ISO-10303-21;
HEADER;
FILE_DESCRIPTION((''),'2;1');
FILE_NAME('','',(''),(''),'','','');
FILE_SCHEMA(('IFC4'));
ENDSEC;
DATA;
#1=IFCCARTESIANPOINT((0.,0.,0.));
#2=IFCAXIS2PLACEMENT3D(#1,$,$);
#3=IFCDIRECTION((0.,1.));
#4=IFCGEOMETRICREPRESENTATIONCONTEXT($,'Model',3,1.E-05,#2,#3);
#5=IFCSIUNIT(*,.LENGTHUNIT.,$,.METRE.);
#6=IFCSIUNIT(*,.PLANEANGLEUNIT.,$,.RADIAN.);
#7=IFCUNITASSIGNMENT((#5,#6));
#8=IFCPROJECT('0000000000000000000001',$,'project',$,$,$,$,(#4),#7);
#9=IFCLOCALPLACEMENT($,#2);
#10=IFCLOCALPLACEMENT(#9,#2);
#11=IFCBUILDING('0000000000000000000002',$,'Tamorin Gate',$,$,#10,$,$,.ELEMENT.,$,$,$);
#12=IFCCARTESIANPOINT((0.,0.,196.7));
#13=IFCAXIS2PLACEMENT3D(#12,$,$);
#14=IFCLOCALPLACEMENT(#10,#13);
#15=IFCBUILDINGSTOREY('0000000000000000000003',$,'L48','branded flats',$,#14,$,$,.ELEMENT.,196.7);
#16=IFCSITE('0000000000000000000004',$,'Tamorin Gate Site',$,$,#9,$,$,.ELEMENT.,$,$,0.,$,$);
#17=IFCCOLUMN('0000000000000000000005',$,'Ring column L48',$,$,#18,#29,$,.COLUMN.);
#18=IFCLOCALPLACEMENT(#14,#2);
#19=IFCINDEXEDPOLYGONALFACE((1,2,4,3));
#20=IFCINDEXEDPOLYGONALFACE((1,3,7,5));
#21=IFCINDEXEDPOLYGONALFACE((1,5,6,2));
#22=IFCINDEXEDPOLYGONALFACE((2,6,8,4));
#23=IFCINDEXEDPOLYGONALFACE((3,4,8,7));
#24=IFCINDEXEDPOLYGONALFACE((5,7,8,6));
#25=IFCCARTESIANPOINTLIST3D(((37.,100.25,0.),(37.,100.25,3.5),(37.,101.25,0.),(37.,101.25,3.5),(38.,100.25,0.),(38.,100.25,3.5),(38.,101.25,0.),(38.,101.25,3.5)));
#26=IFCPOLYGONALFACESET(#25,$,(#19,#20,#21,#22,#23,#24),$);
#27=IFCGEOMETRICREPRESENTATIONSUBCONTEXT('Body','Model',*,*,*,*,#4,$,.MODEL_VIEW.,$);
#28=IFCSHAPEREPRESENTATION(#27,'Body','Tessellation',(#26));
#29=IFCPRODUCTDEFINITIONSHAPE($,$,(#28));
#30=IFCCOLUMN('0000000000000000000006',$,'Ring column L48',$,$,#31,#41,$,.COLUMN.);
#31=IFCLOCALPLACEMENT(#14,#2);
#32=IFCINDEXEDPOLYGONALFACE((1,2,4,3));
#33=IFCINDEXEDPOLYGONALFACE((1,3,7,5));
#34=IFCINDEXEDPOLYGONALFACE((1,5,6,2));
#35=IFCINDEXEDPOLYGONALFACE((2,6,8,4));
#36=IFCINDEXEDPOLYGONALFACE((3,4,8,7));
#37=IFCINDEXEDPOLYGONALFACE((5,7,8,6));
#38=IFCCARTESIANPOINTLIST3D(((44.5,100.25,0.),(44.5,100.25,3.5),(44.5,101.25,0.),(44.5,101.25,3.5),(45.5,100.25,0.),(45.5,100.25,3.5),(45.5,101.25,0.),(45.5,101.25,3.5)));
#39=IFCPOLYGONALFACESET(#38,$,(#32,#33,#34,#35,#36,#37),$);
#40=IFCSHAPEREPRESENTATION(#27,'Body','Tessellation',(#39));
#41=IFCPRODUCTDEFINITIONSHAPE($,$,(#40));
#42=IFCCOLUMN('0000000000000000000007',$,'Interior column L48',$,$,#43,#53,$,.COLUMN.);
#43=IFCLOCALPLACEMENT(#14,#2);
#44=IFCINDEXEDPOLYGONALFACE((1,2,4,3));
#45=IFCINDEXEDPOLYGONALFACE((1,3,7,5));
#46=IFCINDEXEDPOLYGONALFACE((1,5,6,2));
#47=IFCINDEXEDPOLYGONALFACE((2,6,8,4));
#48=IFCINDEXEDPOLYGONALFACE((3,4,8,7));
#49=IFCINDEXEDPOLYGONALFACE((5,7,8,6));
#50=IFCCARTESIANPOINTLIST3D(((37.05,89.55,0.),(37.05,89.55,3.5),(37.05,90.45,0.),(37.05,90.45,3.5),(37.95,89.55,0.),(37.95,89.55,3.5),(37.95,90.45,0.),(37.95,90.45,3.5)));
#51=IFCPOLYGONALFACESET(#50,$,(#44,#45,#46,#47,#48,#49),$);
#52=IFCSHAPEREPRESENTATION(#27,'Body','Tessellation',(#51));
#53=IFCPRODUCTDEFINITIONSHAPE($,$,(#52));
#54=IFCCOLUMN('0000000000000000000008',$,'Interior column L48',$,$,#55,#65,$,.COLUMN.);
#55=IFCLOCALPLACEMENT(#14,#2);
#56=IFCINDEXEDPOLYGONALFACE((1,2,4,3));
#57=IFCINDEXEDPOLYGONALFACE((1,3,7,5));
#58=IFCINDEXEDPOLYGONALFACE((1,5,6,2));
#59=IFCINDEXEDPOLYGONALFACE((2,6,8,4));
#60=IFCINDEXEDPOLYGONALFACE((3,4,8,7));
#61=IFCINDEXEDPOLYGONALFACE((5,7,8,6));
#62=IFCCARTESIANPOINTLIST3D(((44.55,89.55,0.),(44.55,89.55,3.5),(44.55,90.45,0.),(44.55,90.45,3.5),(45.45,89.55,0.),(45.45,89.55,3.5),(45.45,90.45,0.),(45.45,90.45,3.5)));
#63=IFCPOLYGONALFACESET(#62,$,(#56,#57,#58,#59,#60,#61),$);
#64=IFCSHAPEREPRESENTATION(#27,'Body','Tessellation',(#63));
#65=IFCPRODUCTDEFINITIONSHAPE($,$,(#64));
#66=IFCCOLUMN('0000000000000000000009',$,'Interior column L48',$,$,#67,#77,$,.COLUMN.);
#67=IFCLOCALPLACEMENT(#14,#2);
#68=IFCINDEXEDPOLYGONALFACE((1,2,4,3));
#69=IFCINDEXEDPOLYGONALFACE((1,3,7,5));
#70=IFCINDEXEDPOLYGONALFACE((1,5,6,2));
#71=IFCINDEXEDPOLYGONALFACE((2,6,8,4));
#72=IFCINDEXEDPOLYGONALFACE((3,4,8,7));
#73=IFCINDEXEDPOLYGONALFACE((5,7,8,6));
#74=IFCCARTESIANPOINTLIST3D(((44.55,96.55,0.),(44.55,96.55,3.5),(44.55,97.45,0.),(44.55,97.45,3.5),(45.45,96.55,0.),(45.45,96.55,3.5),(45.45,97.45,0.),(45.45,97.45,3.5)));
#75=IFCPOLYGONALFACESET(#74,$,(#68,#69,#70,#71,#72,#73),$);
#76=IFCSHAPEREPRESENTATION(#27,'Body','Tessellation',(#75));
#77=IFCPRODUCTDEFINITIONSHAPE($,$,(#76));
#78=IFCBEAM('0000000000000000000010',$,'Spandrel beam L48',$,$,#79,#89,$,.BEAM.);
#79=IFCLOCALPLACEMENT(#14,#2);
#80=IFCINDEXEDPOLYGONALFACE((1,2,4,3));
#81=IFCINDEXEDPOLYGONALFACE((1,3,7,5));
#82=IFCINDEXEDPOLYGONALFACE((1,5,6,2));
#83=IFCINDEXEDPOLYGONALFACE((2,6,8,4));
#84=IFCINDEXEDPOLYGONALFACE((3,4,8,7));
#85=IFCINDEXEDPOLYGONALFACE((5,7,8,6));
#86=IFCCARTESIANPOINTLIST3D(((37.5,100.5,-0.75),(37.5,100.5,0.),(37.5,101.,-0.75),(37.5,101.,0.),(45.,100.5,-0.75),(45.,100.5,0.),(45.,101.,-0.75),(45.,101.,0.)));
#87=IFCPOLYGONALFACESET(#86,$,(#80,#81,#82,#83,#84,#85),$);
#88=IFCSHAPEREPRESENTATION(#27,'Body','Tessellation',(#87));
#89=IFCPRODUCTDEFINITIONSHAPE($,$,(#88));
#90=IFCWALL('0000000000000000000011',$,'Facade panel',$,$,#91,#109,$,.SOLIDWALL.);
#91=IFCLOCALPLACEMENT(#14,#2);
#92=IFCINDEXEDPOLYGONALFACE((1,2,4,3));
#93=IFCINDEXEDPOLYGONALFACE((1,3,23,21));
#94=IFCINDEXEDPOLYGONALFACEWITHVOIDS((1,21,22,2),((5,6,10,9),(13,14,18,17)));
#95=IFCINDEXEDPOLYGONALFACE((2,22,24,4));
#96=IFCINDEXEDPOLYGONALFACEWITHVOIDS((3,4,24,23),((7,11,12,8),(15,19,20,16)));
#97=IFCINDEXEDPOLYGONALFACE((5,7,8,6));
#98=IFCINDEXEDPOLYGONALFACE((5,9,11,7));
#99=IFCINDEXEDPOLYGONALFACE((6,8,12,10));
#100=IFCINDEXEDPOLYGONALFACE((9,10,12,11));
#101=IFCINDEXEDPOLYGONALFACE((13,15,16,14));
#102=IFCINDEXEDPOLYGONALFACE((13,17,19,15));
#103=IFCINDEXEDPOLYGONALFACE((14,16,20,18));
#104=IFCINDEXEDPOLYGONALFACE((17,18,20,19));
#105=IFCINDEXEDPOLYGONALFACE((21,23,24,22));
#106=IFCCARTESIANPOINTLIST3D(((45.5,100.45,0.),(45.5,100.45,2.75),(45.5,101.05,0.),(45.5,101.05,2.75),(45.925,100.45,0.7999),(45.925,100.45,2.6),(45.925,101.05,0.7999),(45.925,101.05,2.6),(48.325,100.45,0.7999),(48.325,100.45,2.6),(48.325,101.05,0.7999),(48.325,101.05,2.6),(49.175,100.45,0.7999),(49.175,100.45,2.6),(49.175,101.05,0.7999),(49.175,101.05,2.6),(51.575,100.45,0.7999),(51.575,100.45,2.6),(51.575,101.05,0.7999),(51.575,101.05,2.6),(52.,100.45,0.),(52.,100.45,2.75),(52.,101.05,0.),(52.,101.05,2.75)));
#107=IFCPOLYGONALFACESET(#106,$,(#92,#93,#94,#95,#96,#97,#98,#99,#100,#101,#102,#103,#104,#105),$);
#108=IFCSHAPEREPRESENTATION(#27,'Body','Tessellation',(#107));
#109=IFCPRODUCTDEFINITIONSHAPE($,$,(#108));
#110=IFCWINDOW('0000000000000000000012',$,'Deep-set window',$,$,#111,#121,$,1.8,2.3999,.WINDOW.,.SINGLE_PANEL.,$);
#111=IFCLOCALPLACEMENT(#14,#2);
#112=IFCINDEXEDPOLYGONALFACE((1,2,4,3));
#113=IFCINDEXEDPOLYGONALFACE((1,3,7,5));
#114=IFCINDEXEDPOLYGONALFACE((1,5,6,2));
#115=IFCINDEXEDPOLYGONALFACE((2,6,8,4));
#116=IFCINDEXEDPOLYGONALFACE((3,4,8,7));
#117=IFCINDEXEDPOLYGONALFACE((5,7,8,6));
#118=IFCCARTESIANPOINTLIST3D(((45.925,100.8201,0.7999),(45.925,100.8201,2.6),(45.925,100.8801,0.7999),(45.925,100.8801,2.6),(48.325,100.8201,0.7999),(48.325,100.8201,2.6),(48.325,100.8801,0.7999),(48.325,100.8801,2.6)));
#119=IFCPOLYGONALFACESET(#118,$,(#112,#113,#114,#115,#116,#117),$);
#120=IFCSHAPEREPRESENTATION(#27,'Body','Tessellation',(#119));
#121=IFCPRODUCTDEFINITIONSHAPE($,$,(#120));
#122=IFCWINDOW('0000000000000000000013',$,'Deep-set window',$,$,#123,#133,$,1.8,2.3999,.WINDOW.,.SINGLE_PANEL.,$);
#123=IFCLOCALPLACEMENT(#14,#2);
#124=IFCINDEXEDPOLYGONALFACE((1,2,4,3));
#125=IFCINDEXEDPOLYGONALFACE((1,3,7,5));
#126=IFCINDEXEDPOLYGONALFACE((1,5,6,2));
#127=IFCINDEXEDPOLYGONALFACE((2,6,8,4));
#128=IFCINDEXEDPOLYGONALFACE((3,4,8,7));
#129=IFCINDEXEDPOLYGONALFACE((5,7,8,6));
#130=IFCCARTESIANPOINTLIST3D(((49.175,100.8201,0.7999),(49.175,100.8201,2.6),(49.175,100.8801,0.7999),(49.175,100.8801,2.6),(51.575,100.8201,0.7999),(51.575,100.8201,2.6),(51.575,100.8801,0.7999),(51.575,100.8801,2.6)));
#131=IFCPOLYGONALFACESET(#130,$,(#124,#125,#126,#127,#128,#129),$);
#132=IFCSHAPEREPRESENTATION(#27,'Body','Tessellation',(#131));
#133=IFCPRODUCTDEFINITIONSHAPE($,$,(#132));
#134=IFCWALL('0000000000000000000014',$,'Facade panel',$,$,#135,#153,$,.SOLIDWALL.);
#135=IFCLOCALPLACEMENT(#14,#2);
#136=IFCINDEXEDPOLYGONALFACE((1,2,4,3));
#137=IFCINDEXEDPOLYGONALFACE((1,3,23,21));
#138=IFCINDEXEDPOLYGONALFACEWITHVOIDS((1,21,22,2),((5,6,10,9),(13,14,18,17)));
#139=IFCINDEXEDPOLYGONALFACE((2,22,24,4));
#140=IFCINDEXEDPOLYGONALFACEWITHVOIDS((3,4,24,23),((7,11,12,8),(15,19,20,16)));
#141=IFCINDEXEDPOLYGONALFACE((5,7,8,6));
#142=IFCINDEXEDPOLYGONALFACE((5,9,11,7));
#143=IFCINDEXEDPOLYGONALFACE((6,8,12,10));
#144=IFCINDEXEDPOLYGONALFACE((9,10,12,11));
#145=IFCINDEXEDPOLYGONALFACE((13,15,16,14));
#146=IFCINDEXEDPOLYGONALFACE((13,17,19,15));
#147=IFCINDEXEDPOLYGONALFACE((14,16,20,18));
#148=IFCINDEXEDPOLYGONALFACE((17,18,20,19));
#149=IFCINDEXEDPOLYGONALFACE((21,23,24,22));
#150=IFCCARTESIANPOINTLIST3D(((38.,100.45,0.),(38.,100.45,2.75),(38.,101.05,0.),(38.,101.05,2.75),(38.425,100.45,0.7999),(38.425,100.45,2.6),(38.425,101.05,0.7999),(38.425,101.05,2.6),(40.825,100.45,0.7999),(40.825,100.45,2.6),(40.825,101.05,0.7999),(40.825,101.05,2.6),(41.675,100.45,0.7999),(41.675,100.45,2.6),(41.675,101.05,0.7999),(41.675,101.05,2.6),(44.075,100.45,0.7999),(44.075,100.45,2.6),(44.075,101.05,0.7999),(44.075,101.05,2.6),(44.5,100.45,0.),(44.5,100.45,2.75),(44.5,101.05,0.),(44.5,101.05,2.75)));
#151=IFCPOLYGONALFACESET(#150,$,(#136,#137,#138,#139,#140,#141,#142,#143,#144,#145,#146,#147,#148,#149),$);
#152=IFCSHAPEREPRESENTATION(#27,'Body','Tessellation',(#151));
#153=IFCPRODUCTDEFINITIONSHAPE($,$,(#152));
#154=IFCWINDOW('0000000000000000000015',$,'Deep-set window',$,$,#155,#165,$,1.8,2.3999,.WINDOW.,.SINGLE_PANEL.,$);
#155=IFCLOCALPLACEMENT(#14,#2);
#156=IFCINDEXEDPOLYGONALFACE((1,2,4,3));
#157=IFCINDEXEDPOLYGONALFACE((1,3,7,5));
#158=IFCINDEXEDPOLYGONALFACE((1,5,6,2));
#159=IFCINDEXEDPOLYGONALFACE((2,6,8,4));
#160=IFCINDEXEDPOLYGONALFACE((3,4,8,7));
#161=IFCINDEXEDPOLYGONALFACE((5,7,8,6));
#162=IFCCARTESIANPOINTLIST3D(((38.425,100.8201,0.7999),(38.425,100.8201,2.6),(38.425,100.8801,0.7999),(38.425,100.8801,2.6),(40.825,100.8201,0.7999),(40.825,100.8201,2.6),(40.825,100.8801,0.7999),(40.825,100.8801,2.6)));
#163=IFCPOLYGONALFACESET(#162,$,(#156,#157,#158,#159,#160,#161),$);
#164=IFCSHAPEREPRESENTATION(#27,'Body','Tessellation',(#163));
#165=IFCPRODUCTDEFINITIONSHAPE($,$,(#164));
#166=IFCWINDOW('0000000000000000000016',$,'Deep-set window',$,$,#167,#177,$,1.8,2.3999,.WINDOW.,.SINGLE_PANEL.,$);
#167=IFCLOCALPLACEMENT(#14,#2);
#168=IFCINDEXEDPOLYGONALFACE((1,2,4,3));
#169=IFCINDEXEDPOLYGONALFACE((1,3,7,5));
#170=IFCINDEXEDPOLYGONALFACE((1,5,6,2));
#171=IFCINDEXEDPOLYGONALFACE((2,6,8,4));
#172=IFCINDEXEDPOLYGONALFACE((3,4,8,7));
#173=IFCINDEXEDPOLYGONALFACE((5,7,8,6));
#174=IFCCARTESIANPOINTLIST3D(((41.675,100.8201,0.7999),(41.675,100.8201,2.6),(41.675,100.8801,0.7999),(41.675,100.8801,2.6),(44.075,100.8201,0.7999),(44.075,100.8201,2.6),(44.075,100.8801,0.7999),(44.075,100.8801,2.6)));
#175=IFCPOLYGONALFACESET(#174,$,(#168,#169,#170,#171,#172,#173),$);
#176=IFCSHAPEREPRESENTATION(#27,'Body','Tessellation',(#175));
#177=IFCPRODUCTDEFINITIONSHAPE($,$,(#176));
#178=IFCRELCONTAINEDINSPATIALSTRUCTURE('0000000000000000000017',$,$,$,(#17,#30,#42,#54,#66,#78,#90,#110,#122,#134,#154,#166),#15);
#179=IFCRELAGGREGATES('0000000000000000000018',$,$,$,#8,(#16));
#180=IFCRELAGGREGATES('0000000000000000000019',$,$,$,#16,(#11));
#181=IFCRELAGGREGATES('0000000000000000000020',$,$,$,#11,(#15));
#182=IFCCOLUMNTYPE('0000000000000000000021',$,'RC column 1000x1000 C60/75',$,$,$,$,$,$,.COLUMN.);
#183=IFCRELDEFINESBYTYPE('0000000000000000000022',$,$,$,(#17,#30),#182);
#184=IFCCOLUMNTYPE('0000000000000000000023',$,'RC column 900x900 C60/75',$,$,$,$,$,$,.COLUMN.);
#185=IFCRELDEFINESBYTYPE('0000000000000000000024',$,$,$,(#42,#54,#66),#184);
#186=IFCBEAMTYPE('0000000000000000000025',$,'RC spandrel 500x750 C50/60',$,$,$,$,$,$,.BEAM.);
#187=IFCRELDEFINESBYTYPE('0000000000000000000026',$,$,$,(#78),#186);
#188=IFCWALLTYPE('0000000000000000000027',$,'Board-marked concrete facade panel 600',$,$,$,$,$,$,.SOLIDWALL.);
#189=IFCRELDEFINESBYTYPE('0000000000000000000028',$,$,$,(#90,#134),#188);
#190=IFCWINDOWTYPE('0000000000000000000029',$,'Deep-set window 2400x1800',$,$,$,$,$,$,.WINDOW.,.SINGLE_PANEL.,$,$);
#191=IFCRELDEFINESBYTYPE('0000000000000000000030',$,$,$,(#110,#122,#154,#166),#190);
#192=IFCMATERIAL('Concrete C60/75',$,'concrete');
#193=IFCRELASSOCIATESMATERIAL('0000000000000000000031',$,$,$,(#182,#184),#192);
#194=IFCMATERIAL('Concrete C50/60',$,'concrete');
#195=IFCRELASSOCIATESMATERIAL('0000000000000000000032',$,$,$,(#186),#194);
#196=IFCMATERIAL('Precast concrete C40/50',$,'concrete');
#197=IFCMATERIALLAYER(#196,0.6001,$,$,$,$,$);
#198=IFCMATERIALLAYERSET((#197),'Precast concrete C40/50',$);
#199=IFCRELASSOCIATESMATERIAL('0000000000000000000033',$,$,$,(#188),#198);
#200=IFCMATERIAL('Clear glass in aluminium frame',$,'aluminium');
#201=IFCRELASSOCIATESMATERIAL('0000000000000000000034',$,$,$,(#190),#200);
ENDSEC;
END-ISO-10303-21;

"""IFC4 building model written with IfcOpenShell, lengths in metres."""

from ifc_helpers import new_model, si_unit, direction, frame, frame_2d, origin, origin_2d, place, context, subcontext, project, spatial, rectangle, extrude, material, layer, layer_set, material_profile, profile_set, type_object, element, fill, save


model = new_model("IFC4")

# Units and contexts
model_context = context("Model", 3, precision=1e-05, world=origin(), true_north=direction((0.0, 1.0)))
body_context = subcontext(model_context, "Body", "Model", "MODEL_VIEW")
ifc_project = project(units=[si_unit("LENGTHUNIT", "METRE"), si_unit("PLANEANGLEUNIT", "RADIAN")], contexts=[model_context])

# Site, building, storey
site_placement = place(None, origin())
site = spatial("IfcSite", under=ifc_project, at=site_placement, Name="Tamorin Gate Site", CompositionType="ELEMENT", RefElevation=0.0)
building_placement = place(site_placement, origin())
building = spatial("IfcBuilding", under=site, at=building_placement, Name="Tamorin Gate", CompositionType="ELEMENT")
storey_placement = place(building_placement, frame((0.0, 0.0, 196.7)))
storey = spatial("IfcBuildingStorey", under=building, at=storey_placement, Name="L48", Description="branded flats", CompositionType="ELEMENT", Elevation=196.7)

# Columns
ifc_material_1 = material(Name="Concrete C60/75", Category="concrete")
ifc_material_profile_1 = material_profile(ifc_material_1, rectangle(XDim=1.0, YDim=1.0, at=origin_2d()), Name="RC 1000x1000")
ifc_profile_set_1 = profile_set([ifc_material_profile_1], Name="Concrete C60/75")
column_type_1 = type_object("IfcColumnType", Name="RC column 1000x1000 C60/75", PredefinedType="COLUMN", material=ifc_profile_set_1)
for number, where, z_axis, x_axis, name in (
    (1, (37.5, 100.75, 0.0), (0.0, 0.0, 1.0), (1.0, 0.0, 0.0), "Ring column L48"),
    (2, (45.0, 100.75, 0.0), (0.0, 0.0, 1.0), (1.0, 0.0, 0.0), "Ring column L48"),
):
    element("IfcColumn", number, at=place(storey_placement, frame(where, z_axis=z_axis, x_axis=x_axis)), inside=storey, type_object=column_type_1, Name=name, PredefinedType="COLUMN", context=body_context, shape_type="SweptSolid", body=[
        extrude(rectangle(XDim=1.0, YDim=1.0, at=origin_2d()), origin(), (0.0, 0.0, 1.0), 3.5),
    ])
ifc_material_profile_2 = material_profile(ifc_material_1, rectangle(XDim=0.8999, YDim=0.8999, at=origin_2d()), Name="RC 900x900")
ifc_profile_set_2 = profile_set([ifc_material_profile_2], Name="Concrete C60/75")
column_type_2 = type_object("IfcColumnType", Name="RC column 900x900 C60/75", PredefinedType="COLUMN", material=ifc_profile_set_2)
for number, where, z_axis, x_axis, name in (
    (3, (37.5, 90.0, 0.0), (0.0, 0.0, 1.0), (1.0, 0.0, 0.0), "Interior column L48"),
    (4, (45.0, 90.0, 0.0), (0.0, 0.0, 1.0), (1.0, 0.0, 0.0), "Interior column L48"),
    (5, (45.0, 97.0, 0.0), (0.0, 0.0, 1.0), (1.0, 0.0, 0.0), "Interior column L48"),
):
    element("IfcColumn", number, at=place(storey_placement, frame(where, z_axis=z_axis, x_axis=x_axis)), inside=storey, type_object=column_type_2, Name=name, PredefinedType="COLUMN", context=body_context, shape_type="SweptSolid", body=[
        extrude(rectangle(XDim=0.8999, YDim=0.8999, at=origin_2d()), origin(), (0.0, 0.0, 1.0), 3.5),
    ])

# Beam
ifc_material_2 = material(Name="Concrete C50/60", Category="concrete")
ifc_material_profile_3 = material_profile(ifc_material_2, rectangle(XDim=0.5, YDim=0.75, at=origin_2d()), Name="RC 500x750")
ifc_profile_set_3 = profile_set([ifc_material_profile_3], Name="Concrete C50/60")
beam_type = type_object("IfcBeamType", Name="RC spandrel 500x750 C50/60", PredefinedType="BEAM", material=ifc_profile_set_3)
beam_placement = place(storey_placement, frame((45.0, 100.75, -0.375), z_axis=(-1.0, 0.0, 0.0), x_axis=(0.0, -1.0, 0.0)))
element("IfcBeam", 6, at=beam_placement, inside=storey, type_object=beam_type, Name="Spandrel beam L48", PredefinedType="BEAM", context=body_context, shape_type="SweptSolid", body=[
    extrude(rectangle(XDim=0.5, YDim=0.75, at=origin_2d()), origin(), (0.0, 0.0, 1.0), 7.5),
])

# Walls, openings, windows
ifc_material_3 = material(Name="Precast concrete C40/50", Category="concrete")
ifc_layer_1 = layer(ifc_material_3, 0.6001)
ifc_layer_set_1 = layer_set([ifc_layer_1], Name="Precast concrete C40/50")
wall_type_1 = type_object("IfcWallType", Name="Board-marked concrete facade panel 600", PredefinedType="SOLIDWALL", material=ifc_layer_set_1)
wall_1_placement = place(storey_placement, frame((52.0, 100.75, 0.0), z_axis=(0.0, 0.0, 1.0), x_axis=(-1.0, 0.0, 0.0)))
wall_1 = element("IfcWall", 7, at=wall_1_placement, inside=storey, type_object=wall_type_1, Name="Facade panel", PredefinedType="SOLIDWALL", context=body_context, shape_type="SweptSolid", body=[
    extrude(rectangle(XDim=6.5, YDim=0.6001, at=frame_2d((3.25, 0.0))), origin(), (0.0, 0.0, 1.0), 2.75),
])
opening_1_placement = place(wall_1_placement, frame((3.675, 0.0, 0.8)))
opening_1 = element("IfcOpeningElement", 8, at=opening_1_placement, cuts=wall_1, PredefinedType="OPENING", context=body_context, shape_type="SweptSolid", body=[
    extrude(rectangle(XDim=2.3999, YDim=1.8, at=frame_2d((1.2, 0.8999))), frame((0.0, 0.3101, 0.0), z_axis=(0.0, -1.0, 0.0), x_axis=(1.0, 0.0, 0.0)), (0.0, 0.0, 1.0), 0.6201),
])
opening_2_placement = place(wall_1_placement, frame((0.425, 0.0, 0.8)))
opening_2 = element("IfcOpeningElement", 9, at=opening_2_placement, cuts=wall_1, PredefinedType="OPENING", context=body_context, shape_type="SweptSolid", body=[
    extrude(rectangle(XDim=2.3999, YDim=1.8, at=frame_2d((1.2, 0.8999))), frame((0.0, 0.3101, 0.0), z_axis=(0.0, -1.0, 0.0), x_axis=(1.0, 0.0, 0.0)), (0.0, 0.0, 1.0), 0.6201),
])
ifc_material_4 = material(Name="Clear glass in aluminium frame", Category="aluminium")
window_type = type_object("IfcWindowType", Name="Deep-set window 2400x1800", PartitioningType="SINGLE_PANEL", PredefinedType="WINDOW", material=ifc_material_4)
window_1_placement = place(opening_1_placement, origin())
window_1 = element("IfcWindow", 10, at=window_1_placement, inside=storey, type_object=window_type, Name="Deep-set window", OverallHeight=1.8, OverallWidth=2.3999, PartitioningType="SINGLE_PANEL", PredefinedType="WINDOW", context=body_context, shape_type="SweptSolid", body=[
    extrude(rectangle(XDim=2.3999, YDim=1.8, at=frame_2d((1.2, 0.8999))), frame((0.0, -0.0701, 0.0), z_axis=(0.0, -1.0, 0.0), x_axis=(1.0, 0.0, 0.0)), (0.0, 0.0, 1.0), 0.0601),
])
fill(opening_1, window_1)
window_2_placement = place(opening_2_placement, origin())
window_2 = element("IfcWindow", 11, at=window_2_placement, inside=storey, type_object=window_type, Name="Deep-set window", OverallHeight=1.8, OverallWidth=2.3999, PartitioningType="SINGLE_PANEL", PredefinedType="WINDOW", context=body_context, shape_type="SweptSolid", body=[
    extrude(rectangle(XDim=2.3999, YDim=1.8, at=frame_2d((1.2, 0.8999))), frame((0.0, -0.0701, 0.0), z_axis=(0.0, -1.0, 0.0), x_axis=(1.0, 0.0, 0.0)), (0.0, 0.0, 1.0), 0.0601),
])
fill(opening_2, window_2)
wall_2_placement = place(storey_placement, frame((44.5, 100.75, 0.0), z_axis=(0.0, 0.0, 1.0), x_axis=(-1.0, 0.0, 0.0)))
wall_2 = element("IfcWall", 12, at=wall_2_placement, inside=storey, type_object=wall_type_1, Name="Facade panel", PredefinedType="SOLIDWALL", context=body_context, shape_type="SweptSolid", body=[
    extrude(rectangle(XDim=6.5, YDim=0.6001, at=frame_2d((3.25, 0.0))), origin(), (0.0, 0.0, 1.0), 2.75),
])
opening_3_placement = place(wall_2_placement, frame((3.675, 0.0, 0.8)))
opening_3 = element("IfcOpeningElement", 13, at=opening_3_placement, cuts=wall_2, PredefinedType="OPENING", context=body_context, shape_type="SweptSolid", body=[
    extrude(rectangle(XDim=2.3999, YDim=1.8, at=frame_2d((1.2, 0.8999))), frame((0.0, 0.3101, 0.0), z_axis=(0.0, -1.0, 0.0), x_axis=(1.0, 0.0, 0.0)), (0.0, 0.0, 1.0), 0.6201),
])
opening_4_placement = place(wall_2_placement, frame((0.425, 0.0, 0.8)))
opening_4 = element("IfcOpeningElement", 14, at=opening_4_placement, cuts=wall_2, PredefinedType="OPENING", context=body_context, shape_type="SweptSolid", body=[
    extrude(rectangle(XDim=2.3999, YDim=1.8, at=frame_2d((1.2, 0.8999))), frame((0.0, 0.3101, 0.0), z_axis=(0.0, -1.0, 0.0), x_axis=(1.0, 0.0, 0.0)), (0.0, 0.0, 1.0), 0.6201),
])
window_3_placement = place(opening_3_placement, origin())
window_3 = element("IfcWindow", 15, at=window_3_placement, inside=storey, type_object=window_type, Name="Deep-set window", OverallHeight=1.8, OverallWidth=2.3999, PartitioningType="SINGLE_PANEL", PredefinedType="WINDOW", context=body_context, shape_type="SweptSolid", body=[
    extrude(rectangle(XDim=2.3999, YDim=1.8, at=frame_2d((1.2, 0.8999))), frame((0.0, -0.0701, 0.0), z_axis=(0.0, -1.0, 0.0), x_axis=(1.0, 0.0, 0.0)), (0.0, 0.0, 1.0), 0.0601),
])
fill(opening_3, window_3)
window_4_placement = place(opening_4_placement, origin())
window_4 = element("IfcWindow", 16, at=window_4_placement, inside=storey, type_object=window_type, Name="Deep-set window", OverallHeight=1.8, OverallWidth=2.3999, PartitioningType="SINGLE_PANEL", PredefinedType="WINDOW", context=body_context, shape_type="SweptSolid", body=[
    extrude(rectangle(XDim=2.3999, YDim=1.8, at=frame_2d((1.2, 0.8999))), frame((0.0, -0.0701, 0.0), z_axis=(0.0, -1.0, 0.0), x_axis=(1.0, 0.0, 0.0)), (0.0, 0.0, 1.0), 0.0601),
])
fill(opening_4, window_4)

save(model, "model.ifc")
